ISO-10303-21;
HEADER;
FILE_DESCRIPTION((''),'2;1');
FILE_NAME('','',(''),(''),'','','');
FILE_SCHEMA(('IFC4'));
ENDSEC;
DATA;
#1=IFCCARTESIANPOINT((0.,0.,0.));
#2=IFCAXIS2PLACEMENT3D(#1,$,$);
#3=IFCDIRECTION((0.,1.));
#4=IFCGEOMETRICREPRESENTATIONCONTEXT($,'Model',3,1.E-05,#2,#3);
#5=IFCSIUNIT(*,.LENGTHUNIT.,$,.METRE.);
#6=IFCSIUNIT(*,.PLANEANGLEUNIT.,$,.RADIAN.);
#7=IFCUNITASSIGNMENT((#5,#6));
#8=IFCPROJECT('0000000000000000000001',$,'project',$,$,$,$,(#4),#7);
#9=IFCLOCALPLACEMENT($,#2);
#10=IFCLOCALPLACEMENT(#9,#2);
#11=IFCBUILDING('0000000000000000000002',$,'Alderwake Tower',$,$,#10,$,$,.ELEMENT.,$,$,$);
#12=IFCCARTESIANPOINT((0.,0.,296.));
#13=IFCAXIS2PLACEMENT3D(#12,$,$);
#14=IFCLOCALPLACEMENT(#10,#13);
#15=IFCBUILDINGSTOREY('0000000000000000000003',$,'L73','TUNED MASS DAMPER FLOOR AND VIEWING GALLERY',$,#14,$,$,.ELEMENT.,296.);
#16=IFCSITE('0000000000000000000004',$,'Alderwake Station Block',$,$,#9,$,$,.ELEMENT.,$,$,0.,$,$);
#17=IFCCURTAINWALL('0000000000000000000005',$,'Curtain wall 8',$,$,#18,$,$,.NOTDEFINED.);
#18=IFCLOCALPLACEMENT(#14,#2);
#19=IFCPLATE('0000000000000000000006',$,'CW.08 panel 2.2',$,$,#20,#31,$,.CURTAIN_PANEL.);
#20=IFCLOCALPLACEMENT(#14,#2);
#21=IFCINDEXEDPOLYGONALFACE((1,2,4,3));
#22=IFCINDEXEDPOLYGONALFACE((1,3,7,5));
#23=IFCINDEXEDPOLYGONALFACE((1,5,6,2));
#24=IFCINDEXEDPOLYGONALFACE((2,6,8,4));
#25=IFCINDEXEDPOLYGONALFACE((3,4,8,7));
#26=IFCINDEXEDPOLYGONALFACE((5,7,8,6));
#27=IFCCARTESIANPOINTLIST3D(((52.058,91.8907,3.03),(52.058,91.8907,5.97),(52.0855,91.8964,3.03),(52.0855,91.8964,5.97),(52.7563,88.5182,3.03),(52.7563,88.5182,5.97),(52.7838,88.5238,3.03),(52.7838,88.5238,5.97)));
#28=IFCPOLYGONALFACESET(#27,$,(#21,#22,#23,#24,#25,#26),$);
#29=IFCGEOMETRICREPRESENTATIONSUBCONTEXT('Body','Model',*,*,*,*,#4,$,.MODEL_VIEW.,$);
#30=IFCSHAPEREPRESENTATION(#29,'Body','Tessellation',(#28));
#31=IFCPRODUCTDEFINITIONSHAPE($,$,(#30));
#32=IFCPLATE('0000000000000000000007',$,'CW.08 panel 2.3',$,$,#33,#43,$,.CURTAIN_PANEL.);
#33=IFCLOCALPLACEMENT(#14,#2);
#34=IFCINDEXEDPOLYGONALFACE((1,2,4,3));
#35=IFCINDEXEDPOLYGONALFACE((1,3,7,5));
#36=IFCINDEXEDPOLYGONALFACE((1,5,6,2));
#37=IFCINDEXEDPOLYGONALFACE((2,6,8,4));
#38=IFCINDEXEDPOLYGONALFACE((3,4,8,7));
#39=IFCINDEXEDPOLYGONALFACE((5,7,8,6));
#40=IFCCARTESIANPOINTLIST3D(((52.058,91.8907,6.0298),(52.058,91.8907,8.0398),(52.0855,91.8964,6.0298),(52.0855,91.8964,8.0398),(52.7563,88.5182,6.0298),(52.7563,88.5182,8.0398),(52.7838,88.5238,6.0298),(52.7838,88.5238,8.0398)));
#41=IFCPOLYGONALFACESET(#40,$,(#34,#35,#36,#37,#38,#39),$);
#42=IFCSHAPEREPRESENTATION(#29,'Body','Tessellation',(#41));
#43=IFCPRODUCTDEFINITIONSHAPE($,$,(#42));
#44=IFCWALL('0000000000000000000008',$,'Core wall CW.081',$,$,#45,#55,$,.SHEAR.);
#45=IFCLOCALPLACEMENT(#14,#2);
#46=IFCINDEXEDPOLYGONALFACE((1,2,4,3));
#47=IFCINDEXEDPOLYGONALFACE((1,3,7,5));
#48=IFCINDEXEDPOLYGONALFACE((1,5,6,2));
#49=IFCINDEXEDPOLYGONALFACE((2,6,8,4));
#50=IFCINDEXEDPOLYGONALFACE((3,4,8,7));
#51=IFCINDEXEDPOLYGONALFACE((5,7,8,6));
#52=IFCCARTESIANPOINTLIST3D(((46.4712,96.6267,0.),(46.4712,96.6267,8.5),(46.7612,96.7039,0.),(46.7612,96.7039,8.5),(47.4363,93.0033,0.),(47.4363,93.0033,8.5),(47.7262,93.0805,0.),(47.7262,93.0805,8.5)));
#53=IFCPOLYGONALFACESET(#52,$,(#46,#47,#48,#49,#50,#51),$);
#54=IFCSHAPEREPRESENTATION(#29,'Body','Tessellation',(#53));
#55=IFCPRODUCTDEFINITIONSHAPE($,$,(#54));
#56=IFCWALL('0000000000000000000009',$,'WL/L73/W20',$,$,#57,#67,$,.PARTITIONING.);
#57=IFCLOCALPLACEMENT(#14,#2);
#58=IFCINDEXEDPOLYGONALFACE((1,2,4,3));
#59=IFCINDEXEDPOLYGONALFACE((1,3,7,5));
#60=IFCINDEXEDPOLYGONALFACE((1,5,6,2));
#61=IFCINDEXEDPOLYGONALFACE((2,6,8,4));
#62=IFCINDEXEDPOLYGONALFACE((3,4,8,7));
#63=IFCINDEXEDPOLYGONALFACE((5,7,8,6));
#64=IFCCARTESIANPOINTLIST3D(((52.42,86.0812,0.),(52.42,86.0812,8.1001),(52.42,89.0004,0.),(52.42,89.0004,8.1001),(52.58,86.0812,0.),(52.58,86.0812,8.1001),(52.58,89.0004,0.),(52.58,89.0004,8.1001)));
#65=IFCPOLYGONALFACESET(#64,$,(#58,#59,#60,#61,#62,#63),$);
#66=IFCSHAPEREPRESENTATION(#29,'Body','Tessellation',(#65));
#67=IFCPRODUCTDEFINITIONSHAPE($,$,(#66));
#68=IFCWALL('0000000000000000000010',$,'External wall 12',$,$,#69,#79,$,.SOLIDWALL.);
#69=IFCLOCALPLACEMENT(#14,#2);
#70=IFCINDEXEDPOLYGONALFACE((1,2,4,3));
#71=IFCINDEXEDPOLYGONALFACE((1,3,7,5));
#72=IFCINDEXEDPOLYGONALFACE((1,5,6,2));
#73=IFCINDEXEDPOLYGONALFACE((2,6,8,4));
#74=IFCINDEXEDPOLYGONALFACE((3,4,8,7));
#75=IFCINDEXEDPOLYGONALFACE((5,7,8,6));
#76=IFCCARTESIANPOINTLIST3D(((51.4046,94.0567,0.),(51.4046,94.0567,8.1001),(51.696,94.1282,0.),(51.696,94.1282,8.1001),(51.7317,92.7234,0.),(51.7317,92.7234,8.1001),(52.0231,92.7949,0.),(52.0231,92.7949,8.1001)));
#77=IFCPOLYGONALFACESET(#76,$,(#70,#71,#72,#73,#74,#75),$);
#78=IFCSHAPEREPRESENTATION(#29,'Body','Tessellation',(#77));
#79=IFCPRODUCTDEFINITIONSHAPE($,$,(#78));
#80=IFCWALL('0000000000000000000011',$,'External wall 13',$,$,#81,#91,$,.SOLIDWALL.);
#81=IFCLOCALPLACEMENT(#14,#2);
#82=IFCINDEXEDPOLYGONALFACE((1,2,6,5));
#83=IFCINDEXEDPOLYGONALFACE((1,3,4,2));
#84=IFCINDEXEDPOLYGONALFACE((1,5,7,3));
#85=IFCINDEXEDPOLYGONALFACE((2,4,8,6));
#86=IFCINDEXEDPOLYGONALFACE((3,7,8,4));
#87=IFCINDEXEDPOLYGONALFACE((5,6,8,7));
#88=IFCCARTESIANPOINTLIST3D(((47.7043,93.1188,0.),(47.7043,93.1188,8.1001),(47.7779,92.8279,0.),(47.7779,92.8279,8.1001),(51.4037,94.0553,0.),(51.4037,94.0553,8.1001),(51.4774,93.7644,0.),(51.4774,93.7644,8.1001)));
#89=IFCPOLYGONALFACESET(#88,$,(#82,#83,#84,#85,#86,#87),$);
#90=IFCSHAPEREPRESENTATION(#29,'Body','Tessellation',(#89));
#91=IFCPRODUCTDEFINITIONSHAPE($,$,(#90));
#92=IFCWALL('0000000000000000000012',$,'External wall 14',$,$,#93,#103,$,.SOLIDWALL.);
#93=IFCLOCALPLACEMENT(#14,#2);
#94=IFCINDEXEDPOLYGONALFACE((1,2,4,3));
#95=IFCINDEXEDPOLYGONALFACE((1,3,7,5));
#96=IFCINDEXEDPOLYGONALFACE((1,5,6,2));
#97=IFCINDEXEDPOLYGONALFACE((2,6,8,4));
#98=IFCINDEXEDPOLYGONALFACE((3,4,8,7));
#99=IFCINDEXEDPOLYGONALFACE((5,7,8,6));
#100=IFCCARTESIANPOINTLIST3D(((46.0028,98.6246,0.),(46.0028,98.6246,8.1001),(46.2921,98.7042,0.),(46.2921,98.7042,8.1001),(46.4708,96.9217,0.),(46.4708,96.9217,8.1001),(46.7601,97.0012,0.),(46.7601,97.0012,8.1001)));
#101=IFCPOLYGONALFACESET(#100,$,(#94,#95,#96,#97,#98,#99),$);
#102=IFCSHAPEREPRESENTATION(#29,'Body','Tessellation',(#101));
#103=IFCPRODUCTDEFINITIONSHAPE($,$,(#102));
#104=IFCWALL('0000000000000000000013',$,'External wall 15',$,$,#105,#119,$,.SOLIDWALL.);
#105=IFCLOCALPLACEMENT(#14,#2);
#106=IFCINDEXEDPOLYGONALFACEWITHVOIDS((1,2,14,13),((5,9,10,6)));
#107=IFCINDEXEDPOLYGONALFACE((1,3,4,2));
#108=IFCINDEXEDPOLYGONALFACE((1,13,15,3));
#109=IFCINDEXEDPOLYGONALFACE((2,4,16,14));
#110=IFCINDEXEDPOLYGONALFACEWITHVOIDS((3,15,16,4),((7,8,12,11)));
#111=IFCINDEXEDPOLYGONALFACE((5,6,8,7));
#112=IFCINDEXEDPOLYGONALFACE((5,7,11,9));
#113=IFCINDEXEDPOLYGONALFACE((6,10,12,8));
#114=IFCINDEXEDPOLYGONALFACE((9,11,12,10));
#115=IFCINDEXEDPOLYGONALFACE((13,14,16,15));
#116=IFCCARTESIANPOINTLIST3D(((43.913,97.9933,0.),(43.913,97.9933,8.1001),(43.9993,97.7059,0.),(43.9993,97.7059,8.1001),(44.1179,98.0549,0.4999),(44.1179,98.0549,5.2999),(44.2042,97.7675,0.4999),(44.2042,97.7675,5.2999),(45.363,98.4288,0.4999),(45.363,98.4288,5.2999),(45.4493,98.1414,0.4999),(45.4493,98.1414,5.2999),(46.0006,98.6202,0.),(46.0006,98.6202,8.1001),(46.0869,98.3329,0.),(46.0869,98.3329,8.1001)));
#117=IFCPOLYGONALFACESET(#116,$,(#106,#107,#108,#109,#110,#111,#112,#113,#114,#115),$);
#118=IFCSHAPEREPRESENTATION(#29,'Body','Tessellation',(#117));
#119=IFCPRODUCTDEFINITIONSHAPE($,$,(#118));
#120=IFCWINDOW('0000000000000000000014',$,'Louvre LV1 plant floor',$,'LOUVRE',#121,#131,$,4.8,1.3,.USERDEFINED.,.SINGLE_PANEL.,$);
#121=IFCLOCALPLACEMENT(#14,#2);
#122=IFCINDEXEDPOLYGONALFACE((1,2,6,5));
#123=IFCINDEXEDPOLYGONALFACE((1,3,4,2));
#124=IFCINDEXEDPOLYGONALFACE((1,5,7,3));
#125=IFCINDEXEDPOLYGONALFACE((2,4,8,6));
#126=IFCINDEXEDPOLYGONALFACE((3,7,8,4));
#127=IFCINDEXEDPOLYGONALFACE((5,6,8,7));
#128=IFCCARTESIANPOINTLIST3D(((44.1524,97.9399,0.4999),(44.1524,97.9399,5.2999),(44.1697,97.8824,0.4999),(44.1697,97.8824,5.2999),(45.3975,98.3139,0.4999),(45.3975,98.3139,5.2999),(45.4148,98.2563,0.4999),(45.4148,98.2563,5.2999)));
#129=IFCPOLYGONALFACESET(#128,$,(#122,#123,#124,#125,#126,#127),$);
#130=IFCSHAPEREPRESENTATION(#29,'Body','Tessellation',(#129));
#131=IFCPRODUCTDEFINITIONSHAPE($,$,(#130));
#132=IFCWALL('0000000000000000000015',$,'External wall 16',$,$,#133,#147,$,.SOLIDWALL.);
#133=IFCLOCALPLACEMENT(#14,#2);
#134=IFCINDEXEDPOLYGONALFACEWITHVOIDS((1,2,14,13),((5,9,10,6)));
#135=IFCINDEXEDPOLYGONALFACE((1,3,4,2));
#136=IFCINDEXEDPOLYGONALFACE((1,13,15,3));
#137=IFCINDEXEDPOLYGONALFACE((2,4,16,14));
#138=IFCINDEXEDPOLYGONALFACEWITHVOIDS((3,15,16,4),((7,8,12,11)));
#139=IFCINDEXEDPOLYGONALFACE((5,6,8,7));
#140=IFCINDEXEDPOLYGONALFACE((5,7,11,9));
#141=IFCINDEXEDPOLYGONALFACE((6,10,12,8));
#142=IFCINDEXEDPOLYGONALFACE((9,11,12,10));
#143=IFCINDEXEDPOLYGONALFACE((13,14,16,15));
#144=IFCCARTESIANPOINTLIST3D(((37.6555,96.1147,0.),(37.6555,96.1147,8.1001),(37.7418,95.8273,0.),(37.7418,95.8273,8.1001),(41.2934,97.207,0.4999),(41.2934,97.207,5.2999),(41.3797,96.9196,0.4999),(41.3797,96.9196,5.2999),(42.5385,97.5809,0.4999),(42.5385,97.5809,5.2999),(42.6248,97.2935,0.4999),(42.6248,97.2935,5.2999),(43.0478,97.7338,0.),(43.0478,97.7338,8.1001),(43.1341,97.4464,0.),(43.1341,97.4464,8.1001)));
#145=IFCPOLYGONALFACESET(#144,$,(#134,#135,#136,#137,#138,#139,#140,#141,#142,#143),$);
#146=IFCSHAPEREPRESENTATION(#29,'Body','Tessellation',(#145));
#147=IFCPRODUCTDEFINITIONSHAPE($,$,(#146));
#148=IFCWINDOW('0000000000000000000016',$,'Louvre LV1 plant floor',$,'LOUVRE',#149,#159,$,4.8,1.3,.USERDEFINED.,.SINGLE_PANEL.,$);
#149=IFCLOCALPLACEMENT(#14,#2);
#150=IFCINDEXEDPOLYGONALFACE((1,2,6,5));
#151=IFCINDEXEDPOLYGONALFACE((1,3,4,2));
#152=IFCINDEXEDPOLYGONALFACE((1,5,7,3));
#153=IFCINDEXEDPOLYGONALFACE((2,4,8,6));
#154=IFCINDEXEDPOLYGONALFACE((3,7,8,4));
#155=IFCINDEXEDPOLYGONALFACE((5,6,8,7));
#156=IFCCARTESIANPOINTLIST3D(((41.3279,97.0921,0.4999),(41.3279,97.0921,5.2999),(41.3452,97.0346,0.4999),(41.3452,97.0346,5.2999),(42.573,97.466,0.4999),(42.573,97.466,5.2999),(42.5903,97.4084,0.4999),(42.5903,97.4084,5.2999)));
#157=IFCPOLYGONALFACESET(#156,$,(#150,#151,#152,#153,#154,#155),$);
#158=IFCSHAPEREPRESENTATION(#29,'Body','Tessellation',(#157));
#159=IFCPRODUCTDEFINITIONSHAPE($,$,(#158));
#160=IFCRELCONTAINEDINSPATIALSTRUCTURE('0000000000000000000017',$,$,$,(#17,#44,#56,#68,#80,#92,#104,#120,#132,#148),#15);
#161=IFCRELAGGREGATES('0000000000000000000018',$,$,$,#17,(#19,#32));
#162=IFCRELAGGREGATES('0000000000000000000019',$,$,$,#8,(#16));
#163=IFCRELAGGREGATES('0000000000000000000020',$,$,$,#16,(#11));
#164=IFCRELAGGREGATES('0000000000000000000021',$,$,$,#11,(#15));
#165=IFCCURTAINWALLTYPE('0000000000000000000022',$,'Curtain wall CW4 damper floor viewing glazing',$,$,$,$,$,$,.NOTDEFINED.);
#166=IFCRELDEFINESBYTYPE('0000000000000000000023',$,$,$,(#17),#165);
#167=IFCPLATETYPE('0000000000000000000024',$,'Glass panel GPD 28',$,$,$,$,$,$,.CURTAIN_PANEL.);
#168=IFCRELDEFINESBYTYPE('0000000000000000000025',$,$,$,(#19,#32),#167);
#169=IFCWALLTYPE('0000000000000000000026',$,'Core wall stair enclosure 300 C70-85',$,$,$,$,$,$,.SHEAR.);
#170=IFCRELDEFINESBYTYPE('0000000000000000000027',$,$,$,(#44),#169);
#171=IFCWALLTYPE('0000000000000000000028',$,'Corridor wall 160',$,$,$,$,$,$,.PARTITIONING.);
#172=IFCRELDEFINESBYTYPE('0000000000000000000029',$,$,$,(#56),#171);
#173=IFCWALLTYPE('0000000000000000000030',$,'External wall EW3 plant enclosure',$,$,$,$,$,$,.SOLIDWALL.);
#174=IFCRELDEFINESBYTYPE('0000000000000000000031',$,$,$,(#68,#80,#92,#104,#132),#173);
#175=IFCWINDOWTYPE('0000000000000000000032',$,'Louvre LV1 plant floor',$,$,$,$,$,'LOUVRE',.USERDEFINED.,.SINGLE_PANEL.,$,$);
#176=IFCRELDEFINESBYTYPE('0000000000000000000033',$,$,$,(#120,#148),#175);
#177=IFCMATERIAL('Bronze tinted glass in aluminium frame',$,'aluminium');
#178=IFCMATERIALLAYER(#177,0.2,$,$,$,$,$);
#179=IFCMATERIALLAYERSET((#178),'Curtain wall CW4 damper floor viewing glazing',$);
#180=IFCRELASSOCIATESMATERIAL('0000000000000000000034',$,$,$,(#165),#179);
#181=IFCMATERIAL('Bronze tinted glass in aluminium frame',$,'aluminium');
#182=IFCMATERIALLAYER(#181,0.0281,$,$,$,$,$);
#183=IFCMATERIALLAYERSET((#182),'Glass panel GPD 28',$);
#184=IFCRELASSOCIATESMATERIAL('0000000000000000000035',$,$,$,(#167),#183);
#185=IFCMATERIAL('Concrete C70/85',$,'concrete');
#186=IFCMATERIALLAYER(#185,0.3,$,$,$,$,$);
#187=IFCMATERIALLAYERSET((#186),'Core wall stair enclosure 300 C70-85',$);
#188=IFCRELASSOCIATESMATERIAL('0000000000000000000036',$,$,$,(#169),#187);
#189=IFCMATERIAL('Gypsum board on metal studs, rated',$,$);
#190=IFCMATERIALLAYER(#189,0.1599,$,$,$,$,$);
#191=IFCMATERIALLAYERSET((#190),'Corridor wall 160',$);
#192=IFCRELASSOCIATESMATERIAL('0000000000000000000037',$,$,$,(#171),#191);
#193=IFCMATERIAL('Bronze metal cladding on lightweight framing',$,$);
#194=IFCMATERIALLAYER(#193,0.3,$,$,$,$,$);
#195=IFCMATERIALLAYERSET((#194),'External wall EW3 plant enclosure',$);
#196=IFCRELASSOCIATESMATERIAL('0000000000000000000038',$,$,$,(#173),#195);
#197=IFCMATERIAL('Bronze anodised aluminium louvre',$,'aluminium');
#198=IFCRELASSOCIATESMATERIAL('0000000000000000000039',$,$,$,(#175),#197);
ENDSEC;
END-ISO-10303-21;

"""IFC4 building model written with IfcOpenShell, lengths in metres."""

from ifc_helpers import new_model, si_unit, direction, frame, frame_2d, origin, origin_2d, place, context, subcontext, project, spatial, rectangle, extrude, material, layer, layer_set, type_object, element, fill, aggregate, save


model = new_model("IFC4")

# Units and contexts
model_context = context("Model", 3, precision=1e-05, world=origin(), true_north=direction((0.0, 1.0)))
body_context = subcontext(model_context, "Body", "Model", "MODEL_VIEW")
ifc_project = project(units=[si_unit("LENGTHUNIT", "METRE"), si_unit("PLANEANGLEUNIT", "RADIAN")], contexts=[model_context])

# Site, building, storey
site_placement = place(None, origin())
site = spatial("IfcSite", under=ifc_project, at=site_placement, Name="Alderwake Station Block", CompositionType="ELEMENT", RefElevation=0.0)
building_placement = place(site_placement, origin())
building = spatial("IfcBuilding", under=site, at=building_placement, Name="Alderwake Tower", CompositionType="ELEMENT")
storey_placement = place(building_placement, frame((0.0, 0.0, 296.0)))
storey = spatial("IfcBuildingStorey", under=building, at=storey_placement, Name="L73", Description="TUNED MASS DAMPER FLOOR AND VIEWING GALLERY", CompositionType="ELEMENT", Elevation=296.0)

# Curtain wall
ifc_material_1 = material(Name="Bronze tinted glass in aluminium frame", Category="aluminium")
ifc_layer_1 = layer(ifc_material_1, 0.2)
ifc_layer_set_1 = layer_set([ifc_layer_1], Name="Curtain wall CW4 damper floor viewing glazing")
curtain_wall_type = type_object("IfcCurtainWallType", Name="Curtain wall CW4 damper floor viewing glazing", PredefinedType="NOTDEFINED", material=ifc_layer_set_1)
curtain_wall_placement = place(storey_placement, origin())
curtain_wall = element("IfcCurtainWall", 1, at=curtain_wall_placement, inside=storey, type_object=curtain_wall_type, Name="Curtain wall 8", PredefinedType="NOTDEFINED")

# Plates
ifc_material_2 = material(Name="Bronze tinted glass in aluminium frame", Category="aluminium")
ifc_layer_2 = layer(ifc_material_2, 0.0281)
ifc_layer_set_2 = layer_set([ifc_layer_2], Name="Glass panel GPD 28")
plate_type = type_object("IfcPlateType", Name="Glass panel GPD 28", PredefinedType="CURTAIN_PANEL", material=ifc_layer_set_2)
plate_1_placement = place(storey_placement, frame((52.4209, 90.2073, 3.03), z_axis=(0.0, 0.0, 1.0), x_axis=(-0.202761, 0.979228, 0.0)))
plate_1 = element("IfcPlate", 2, at=plate_1_placement, type_object=plate_type, Name="CW.08 panel 2.2", PredefinedType="CURTAIN_PANEL", context=body_context, shape_type="SweptSolid", body=[
    extrude(rectangle(XDim=3.4441, YDim=0.0281, at=origin_2d()), origin(), (0.0, 0.0, 1.0), 2.9399),
])
plate_2_placement = place(storey_placement, frame((52.4209, 90.2073, 6.0298), z_axis=(0.0, 0.0, 1.0), x_axis=(-0.202761, 0.979228, 0.0)))
plate_2 = element("IfcPlate", 3, at=plate_2_placement, type_object=plate_type, Name="CW.08 panel 2.3", PredefinedType="CURTAIN_PANEL", context=body_context, shape_type="SweptSolid", body=[
    extrude(rectangle(XDim=3.4441, YDim=0.0281, at=origin_2d()), origin(), (0.0, 0.0, 1.0), 2.01),
])
aggregate(curtain_wall, [plate_1, plate_2])

# Walls
ifc_material_3 = material(Name="Concrete C70/85", Category="concrete")
ifc_layer_3 = layer(ifc_material_3, 0.3)
ifc_layer_set_3 = layer_set([ifc_layer_3], Name="Core wall stair enclosure 300 C70-85")
wall_type_1 = type_object("IfcWallType", Name="Core wall stair enclosure 300 C70-85", PredefinedType="SHEAR", material=ifc_layer_set_3)
wall_1_placement = place(storey_placement, frame((47.5813, 93.0417, 0.0), z_axis=(0.0, 0.0, 1.0), x_axis=(-0.257367, 0.966314, 0.0)))
element("IfcWall", 4, at=wall_1_placement, inside=storey, type_object=wall_type_1, Name="Core wall CW.081", PredefinedType="SHEAR", context=body_context, shape_type="SweptSolid", body=[
    extrude(rectangle(XDim=3.7498, YDim=0.3, at=frame_2d((1.875, 0.0))), origin(), (0.0, 0.0, 1.0), 8.5),
])
ifc_material_4 = material(Name="Gypsum board on metal studs, rated")
ifc_layer_4 = layer(ifc_material_4, 0.1599)
ifc_layer_set_4 = layer_set([ifc_layer_4], Name="Corridor wall 160")
wall_type_2 = type_object("IfcWallType", Name="Corridor wall 160", PredefinedType="PARTITIONING", material=ifc_layer_set_4)
wall_2_placement = place(storey_placement, frame((52.5, 89.0002, 0.0), z_axis=(0.0, 0.0, 1.0), x_axis=(0.0, -1.0, 0.0)))
element("IfcWall", 5, at=wall_2_placement, inside=storey, type_object=wall_type_2, Name="WL/L73/W20", PredefinedType="PARTITIONING", context=body_context, shape_type="SweptSolid", body=[
    extrude(rectangle(XDim=2.9192, YDim=0.1599, at=frame_2d((1.4595, 0.0))), origin(), (0.0, 0.0, 1.0), 8.1001),
])
ifc_material_5 = material(Name="Bronze metal cladding on lightweight framing")
ifc_layer_5 = layer(ifc_material_5, 0.3)
ifc_layer_set_5 = layer_set([ifc_layer_5], Name="External wall EW3 plant enclosure")
wall_type_3 = type_object("IfcWallType", Name="External wall EW3 plant enclosure", PredefinedType="SOLIDWALL", material=ifc_layer_set_5)
wall_3_placement = place(storey_placement, frame((51.8774, 92.759, 0.0), z_axis=(0.0, 0.0, 1.0), x_axis=(-0.238307, 0.97119, 0.0)))
element("IfcWall", 6, at=wall_3_placement, inside=storey, type_object=wall_type_3, Name="External wall 12", PredefinedType="SOLIDWALL", context=body_context, shape_type="SweptSolid", body=[
    extrude(rectangle(XDim=1.3728, YDim=0.3, at=frame_2d((0.6865, 0.0))), origin(), (0.0, 0.0, 1.0), 8.1001),
])
wall_4_placement = place(storey_placement, frame((51.4407, 93.9099, 0.0), z_axis=(0.0, 0.0, 1.0), x_axis=(-0.969419, -0.24541, 0.0)))
element("IfcWall", 7, at=wall_4_placement, inside=storey, type_object=wall_type_3, Name="External wall 13", PredefinedType="SOLIDWALL", context=body_context, shape_type="SweptSolid", body=[
    extrude(rectangle(XDim=3.8162, YDim=0.3, at=frame_2d((1.9082, 0.0))), origin(), (0.0, 0.0, 1.0), 8.1001),
])
wall_5_placement = place(storey_placement, frame((46.6155, 96.9614, 0.0), z_axis=(0.0, 0.0, 1.0), x_axis=(-0.265012, 0.964245, 0.0)))
element("IfcWall", 8, at=wall_5_placement, inside=storey, type_object=wall_type_3, Name="External wall 14", PredefinedType="SOLIDWALL", context=body_context, shape_type="SweptSolid", body=[
    extrude(rectangle(XDim=1.7661, YDim=0.3, at=frame_2d((0.8831, 0.0))), origin(), (0.0, 0.0, 1.0), 8.1001),
])

# Walls, openings, windows
wall_6_placement = place(storey_placement, frame((46.0437, 98.4766, 0.0), z_axis=(0.0, 0.0, 1.0), x_axis=(-0.957743, -0.287625, 0.0)))
wall_6 = element("IfcWall", 9, at=wall_6_placement, inside=storey, type_object=wall_type_3, Name="External wall 15", PredefinedType="SOLIDWALL", context=body_context, shape_type="SweptSolid", body=[
    extrude(rectangle(XDim=2.1797, YDim=0.3, at=frame_2d((1.0898, 0.0))), origin(), (0.0, 0.0, 1.0), 8.1001),
])
opening_1_placement = place(wall_6_placement, frame((0.6658, 0.0, 0.5)))
opening_1 = element("IfcOpeningElement", 10, at=opening_1_placement, cuts=wall_6, PredefinedType="OPENING", context=body_context, shape_type="SweptSolid", body=[
    extrude(rectangle(XDim=1.3, YDim=4.8, at=frame_2d((0.6499, 2.3999))), frame((0.0, 0.1599, 0.0), z_axis=(0.0, -1.0, 0.0), x_axis=(1.0, 0.0, 0.0)), (0.0, 0.0, 1.0), 0.3201),
])
ifc_material_6 = material(Name="Bronze anodised aluminium louvre", Category="aluminium")
window_type = type_object("IfcWindowType", Name="Louvre LV1 plant floor", ElementType="LOUVRE", PartitioningType="SINGLE_PANEL", PredefinedType="USERDEFINED", material=ifc_material_6)
window_1_placement = place(opening_1_placement, origin())
window_1 = element("IfcWindow", 11, at=window_1_placement, inside=storey, type_object=window_type, Name="Louvre LV1 plant floor", ObjectType="LOUVRE", OverallHeight=4.8, OverallWidth=1.3, PartitioningType="SINGLE_PANEL", PredefinedType="USERDEFINED", context=body_context, shape_type="SweptSolid", body=[
    extrude(rectangle(XDim=1.3, YDim=4.8, at=frame_2d((0.6499, 2.3999))), frame((0.0, 0.03, 0.0), z_axis=(0.0, -1.0, 0.0), x_axis=(1.0, 0.0, 0.0)), (0.0, 0.0, 1.0), 0.0601),
])
fill(opening_1, window_1)
wall_7_placement = place(storey_placement, frame((43.0908, 97.5901, 0.0), z_axis=(0.0, 0.0, 1.0), x_axis=(-0.957756, -0.287583, 0.0)))
wall_7 = element("IfcWall", 12, at=wall_7_placement, inside=storey, type_object=wall_type_3, Name="External wall 16", PredefinedType="SOLIDWALL", context=body_context, shape_type="SweptSolid", body=[
    extrude(rectangle(XDim=5.6301, YDim=0.3, at=frame_2d((2.8149, 0.0))), origin(), (0.0, 0.0, 1.0), 8.1001),
])
opening_2_placement = place(wall_7_placement, frame((0.5317, 0.0, 0.5)))
opening_2 = element("IfcOpeningElement", 13, at=opening_2_placement, cuts=wall_7, PredefinedType="OPENING", context=body_context, shape_type="SweptSolid", body=[
    extrude(rectangle(XDim=1.3, YDim=4.8, at=frame_2d((0.6499, 2.3999))), frame((0.0, 0.1599, 0.0), z_axis=(0.0, -1.0, 0.0), x_axis=(1.0, 0.0, 0.0)), (0.0, 0.0, 1.0), 0.3201),
])
window_2_placement = place(opening_2_placement, origin())
window_2 = element("IfcWindow", 14, at=window_2_placement, inside=storey, type_object=window_type, Name="Louvre LV1 plant floor", ObjectType="LOUVRE", OverallHeight=4.8, OverallWidth=1.3, PartitioningType="SINGLE_PANEL", PredefinedType="USERDEFINED", context=body_context, shape_type="SweptSolid", body=[
    extrude(rectangle(XDim=1.3, YDim=4.8, at=frame_2d((0.6499, 2.3999))), frame((0.0, 0.03, 0.0), z_axis=(0.0, -1.0, 0.0), x_axis=(1.0, 0.0, 0.0)), (0.0, 0.0, 1.0), 0.0601),
])
fill(opening_2, window_2)

save(model, "model.ifc")
